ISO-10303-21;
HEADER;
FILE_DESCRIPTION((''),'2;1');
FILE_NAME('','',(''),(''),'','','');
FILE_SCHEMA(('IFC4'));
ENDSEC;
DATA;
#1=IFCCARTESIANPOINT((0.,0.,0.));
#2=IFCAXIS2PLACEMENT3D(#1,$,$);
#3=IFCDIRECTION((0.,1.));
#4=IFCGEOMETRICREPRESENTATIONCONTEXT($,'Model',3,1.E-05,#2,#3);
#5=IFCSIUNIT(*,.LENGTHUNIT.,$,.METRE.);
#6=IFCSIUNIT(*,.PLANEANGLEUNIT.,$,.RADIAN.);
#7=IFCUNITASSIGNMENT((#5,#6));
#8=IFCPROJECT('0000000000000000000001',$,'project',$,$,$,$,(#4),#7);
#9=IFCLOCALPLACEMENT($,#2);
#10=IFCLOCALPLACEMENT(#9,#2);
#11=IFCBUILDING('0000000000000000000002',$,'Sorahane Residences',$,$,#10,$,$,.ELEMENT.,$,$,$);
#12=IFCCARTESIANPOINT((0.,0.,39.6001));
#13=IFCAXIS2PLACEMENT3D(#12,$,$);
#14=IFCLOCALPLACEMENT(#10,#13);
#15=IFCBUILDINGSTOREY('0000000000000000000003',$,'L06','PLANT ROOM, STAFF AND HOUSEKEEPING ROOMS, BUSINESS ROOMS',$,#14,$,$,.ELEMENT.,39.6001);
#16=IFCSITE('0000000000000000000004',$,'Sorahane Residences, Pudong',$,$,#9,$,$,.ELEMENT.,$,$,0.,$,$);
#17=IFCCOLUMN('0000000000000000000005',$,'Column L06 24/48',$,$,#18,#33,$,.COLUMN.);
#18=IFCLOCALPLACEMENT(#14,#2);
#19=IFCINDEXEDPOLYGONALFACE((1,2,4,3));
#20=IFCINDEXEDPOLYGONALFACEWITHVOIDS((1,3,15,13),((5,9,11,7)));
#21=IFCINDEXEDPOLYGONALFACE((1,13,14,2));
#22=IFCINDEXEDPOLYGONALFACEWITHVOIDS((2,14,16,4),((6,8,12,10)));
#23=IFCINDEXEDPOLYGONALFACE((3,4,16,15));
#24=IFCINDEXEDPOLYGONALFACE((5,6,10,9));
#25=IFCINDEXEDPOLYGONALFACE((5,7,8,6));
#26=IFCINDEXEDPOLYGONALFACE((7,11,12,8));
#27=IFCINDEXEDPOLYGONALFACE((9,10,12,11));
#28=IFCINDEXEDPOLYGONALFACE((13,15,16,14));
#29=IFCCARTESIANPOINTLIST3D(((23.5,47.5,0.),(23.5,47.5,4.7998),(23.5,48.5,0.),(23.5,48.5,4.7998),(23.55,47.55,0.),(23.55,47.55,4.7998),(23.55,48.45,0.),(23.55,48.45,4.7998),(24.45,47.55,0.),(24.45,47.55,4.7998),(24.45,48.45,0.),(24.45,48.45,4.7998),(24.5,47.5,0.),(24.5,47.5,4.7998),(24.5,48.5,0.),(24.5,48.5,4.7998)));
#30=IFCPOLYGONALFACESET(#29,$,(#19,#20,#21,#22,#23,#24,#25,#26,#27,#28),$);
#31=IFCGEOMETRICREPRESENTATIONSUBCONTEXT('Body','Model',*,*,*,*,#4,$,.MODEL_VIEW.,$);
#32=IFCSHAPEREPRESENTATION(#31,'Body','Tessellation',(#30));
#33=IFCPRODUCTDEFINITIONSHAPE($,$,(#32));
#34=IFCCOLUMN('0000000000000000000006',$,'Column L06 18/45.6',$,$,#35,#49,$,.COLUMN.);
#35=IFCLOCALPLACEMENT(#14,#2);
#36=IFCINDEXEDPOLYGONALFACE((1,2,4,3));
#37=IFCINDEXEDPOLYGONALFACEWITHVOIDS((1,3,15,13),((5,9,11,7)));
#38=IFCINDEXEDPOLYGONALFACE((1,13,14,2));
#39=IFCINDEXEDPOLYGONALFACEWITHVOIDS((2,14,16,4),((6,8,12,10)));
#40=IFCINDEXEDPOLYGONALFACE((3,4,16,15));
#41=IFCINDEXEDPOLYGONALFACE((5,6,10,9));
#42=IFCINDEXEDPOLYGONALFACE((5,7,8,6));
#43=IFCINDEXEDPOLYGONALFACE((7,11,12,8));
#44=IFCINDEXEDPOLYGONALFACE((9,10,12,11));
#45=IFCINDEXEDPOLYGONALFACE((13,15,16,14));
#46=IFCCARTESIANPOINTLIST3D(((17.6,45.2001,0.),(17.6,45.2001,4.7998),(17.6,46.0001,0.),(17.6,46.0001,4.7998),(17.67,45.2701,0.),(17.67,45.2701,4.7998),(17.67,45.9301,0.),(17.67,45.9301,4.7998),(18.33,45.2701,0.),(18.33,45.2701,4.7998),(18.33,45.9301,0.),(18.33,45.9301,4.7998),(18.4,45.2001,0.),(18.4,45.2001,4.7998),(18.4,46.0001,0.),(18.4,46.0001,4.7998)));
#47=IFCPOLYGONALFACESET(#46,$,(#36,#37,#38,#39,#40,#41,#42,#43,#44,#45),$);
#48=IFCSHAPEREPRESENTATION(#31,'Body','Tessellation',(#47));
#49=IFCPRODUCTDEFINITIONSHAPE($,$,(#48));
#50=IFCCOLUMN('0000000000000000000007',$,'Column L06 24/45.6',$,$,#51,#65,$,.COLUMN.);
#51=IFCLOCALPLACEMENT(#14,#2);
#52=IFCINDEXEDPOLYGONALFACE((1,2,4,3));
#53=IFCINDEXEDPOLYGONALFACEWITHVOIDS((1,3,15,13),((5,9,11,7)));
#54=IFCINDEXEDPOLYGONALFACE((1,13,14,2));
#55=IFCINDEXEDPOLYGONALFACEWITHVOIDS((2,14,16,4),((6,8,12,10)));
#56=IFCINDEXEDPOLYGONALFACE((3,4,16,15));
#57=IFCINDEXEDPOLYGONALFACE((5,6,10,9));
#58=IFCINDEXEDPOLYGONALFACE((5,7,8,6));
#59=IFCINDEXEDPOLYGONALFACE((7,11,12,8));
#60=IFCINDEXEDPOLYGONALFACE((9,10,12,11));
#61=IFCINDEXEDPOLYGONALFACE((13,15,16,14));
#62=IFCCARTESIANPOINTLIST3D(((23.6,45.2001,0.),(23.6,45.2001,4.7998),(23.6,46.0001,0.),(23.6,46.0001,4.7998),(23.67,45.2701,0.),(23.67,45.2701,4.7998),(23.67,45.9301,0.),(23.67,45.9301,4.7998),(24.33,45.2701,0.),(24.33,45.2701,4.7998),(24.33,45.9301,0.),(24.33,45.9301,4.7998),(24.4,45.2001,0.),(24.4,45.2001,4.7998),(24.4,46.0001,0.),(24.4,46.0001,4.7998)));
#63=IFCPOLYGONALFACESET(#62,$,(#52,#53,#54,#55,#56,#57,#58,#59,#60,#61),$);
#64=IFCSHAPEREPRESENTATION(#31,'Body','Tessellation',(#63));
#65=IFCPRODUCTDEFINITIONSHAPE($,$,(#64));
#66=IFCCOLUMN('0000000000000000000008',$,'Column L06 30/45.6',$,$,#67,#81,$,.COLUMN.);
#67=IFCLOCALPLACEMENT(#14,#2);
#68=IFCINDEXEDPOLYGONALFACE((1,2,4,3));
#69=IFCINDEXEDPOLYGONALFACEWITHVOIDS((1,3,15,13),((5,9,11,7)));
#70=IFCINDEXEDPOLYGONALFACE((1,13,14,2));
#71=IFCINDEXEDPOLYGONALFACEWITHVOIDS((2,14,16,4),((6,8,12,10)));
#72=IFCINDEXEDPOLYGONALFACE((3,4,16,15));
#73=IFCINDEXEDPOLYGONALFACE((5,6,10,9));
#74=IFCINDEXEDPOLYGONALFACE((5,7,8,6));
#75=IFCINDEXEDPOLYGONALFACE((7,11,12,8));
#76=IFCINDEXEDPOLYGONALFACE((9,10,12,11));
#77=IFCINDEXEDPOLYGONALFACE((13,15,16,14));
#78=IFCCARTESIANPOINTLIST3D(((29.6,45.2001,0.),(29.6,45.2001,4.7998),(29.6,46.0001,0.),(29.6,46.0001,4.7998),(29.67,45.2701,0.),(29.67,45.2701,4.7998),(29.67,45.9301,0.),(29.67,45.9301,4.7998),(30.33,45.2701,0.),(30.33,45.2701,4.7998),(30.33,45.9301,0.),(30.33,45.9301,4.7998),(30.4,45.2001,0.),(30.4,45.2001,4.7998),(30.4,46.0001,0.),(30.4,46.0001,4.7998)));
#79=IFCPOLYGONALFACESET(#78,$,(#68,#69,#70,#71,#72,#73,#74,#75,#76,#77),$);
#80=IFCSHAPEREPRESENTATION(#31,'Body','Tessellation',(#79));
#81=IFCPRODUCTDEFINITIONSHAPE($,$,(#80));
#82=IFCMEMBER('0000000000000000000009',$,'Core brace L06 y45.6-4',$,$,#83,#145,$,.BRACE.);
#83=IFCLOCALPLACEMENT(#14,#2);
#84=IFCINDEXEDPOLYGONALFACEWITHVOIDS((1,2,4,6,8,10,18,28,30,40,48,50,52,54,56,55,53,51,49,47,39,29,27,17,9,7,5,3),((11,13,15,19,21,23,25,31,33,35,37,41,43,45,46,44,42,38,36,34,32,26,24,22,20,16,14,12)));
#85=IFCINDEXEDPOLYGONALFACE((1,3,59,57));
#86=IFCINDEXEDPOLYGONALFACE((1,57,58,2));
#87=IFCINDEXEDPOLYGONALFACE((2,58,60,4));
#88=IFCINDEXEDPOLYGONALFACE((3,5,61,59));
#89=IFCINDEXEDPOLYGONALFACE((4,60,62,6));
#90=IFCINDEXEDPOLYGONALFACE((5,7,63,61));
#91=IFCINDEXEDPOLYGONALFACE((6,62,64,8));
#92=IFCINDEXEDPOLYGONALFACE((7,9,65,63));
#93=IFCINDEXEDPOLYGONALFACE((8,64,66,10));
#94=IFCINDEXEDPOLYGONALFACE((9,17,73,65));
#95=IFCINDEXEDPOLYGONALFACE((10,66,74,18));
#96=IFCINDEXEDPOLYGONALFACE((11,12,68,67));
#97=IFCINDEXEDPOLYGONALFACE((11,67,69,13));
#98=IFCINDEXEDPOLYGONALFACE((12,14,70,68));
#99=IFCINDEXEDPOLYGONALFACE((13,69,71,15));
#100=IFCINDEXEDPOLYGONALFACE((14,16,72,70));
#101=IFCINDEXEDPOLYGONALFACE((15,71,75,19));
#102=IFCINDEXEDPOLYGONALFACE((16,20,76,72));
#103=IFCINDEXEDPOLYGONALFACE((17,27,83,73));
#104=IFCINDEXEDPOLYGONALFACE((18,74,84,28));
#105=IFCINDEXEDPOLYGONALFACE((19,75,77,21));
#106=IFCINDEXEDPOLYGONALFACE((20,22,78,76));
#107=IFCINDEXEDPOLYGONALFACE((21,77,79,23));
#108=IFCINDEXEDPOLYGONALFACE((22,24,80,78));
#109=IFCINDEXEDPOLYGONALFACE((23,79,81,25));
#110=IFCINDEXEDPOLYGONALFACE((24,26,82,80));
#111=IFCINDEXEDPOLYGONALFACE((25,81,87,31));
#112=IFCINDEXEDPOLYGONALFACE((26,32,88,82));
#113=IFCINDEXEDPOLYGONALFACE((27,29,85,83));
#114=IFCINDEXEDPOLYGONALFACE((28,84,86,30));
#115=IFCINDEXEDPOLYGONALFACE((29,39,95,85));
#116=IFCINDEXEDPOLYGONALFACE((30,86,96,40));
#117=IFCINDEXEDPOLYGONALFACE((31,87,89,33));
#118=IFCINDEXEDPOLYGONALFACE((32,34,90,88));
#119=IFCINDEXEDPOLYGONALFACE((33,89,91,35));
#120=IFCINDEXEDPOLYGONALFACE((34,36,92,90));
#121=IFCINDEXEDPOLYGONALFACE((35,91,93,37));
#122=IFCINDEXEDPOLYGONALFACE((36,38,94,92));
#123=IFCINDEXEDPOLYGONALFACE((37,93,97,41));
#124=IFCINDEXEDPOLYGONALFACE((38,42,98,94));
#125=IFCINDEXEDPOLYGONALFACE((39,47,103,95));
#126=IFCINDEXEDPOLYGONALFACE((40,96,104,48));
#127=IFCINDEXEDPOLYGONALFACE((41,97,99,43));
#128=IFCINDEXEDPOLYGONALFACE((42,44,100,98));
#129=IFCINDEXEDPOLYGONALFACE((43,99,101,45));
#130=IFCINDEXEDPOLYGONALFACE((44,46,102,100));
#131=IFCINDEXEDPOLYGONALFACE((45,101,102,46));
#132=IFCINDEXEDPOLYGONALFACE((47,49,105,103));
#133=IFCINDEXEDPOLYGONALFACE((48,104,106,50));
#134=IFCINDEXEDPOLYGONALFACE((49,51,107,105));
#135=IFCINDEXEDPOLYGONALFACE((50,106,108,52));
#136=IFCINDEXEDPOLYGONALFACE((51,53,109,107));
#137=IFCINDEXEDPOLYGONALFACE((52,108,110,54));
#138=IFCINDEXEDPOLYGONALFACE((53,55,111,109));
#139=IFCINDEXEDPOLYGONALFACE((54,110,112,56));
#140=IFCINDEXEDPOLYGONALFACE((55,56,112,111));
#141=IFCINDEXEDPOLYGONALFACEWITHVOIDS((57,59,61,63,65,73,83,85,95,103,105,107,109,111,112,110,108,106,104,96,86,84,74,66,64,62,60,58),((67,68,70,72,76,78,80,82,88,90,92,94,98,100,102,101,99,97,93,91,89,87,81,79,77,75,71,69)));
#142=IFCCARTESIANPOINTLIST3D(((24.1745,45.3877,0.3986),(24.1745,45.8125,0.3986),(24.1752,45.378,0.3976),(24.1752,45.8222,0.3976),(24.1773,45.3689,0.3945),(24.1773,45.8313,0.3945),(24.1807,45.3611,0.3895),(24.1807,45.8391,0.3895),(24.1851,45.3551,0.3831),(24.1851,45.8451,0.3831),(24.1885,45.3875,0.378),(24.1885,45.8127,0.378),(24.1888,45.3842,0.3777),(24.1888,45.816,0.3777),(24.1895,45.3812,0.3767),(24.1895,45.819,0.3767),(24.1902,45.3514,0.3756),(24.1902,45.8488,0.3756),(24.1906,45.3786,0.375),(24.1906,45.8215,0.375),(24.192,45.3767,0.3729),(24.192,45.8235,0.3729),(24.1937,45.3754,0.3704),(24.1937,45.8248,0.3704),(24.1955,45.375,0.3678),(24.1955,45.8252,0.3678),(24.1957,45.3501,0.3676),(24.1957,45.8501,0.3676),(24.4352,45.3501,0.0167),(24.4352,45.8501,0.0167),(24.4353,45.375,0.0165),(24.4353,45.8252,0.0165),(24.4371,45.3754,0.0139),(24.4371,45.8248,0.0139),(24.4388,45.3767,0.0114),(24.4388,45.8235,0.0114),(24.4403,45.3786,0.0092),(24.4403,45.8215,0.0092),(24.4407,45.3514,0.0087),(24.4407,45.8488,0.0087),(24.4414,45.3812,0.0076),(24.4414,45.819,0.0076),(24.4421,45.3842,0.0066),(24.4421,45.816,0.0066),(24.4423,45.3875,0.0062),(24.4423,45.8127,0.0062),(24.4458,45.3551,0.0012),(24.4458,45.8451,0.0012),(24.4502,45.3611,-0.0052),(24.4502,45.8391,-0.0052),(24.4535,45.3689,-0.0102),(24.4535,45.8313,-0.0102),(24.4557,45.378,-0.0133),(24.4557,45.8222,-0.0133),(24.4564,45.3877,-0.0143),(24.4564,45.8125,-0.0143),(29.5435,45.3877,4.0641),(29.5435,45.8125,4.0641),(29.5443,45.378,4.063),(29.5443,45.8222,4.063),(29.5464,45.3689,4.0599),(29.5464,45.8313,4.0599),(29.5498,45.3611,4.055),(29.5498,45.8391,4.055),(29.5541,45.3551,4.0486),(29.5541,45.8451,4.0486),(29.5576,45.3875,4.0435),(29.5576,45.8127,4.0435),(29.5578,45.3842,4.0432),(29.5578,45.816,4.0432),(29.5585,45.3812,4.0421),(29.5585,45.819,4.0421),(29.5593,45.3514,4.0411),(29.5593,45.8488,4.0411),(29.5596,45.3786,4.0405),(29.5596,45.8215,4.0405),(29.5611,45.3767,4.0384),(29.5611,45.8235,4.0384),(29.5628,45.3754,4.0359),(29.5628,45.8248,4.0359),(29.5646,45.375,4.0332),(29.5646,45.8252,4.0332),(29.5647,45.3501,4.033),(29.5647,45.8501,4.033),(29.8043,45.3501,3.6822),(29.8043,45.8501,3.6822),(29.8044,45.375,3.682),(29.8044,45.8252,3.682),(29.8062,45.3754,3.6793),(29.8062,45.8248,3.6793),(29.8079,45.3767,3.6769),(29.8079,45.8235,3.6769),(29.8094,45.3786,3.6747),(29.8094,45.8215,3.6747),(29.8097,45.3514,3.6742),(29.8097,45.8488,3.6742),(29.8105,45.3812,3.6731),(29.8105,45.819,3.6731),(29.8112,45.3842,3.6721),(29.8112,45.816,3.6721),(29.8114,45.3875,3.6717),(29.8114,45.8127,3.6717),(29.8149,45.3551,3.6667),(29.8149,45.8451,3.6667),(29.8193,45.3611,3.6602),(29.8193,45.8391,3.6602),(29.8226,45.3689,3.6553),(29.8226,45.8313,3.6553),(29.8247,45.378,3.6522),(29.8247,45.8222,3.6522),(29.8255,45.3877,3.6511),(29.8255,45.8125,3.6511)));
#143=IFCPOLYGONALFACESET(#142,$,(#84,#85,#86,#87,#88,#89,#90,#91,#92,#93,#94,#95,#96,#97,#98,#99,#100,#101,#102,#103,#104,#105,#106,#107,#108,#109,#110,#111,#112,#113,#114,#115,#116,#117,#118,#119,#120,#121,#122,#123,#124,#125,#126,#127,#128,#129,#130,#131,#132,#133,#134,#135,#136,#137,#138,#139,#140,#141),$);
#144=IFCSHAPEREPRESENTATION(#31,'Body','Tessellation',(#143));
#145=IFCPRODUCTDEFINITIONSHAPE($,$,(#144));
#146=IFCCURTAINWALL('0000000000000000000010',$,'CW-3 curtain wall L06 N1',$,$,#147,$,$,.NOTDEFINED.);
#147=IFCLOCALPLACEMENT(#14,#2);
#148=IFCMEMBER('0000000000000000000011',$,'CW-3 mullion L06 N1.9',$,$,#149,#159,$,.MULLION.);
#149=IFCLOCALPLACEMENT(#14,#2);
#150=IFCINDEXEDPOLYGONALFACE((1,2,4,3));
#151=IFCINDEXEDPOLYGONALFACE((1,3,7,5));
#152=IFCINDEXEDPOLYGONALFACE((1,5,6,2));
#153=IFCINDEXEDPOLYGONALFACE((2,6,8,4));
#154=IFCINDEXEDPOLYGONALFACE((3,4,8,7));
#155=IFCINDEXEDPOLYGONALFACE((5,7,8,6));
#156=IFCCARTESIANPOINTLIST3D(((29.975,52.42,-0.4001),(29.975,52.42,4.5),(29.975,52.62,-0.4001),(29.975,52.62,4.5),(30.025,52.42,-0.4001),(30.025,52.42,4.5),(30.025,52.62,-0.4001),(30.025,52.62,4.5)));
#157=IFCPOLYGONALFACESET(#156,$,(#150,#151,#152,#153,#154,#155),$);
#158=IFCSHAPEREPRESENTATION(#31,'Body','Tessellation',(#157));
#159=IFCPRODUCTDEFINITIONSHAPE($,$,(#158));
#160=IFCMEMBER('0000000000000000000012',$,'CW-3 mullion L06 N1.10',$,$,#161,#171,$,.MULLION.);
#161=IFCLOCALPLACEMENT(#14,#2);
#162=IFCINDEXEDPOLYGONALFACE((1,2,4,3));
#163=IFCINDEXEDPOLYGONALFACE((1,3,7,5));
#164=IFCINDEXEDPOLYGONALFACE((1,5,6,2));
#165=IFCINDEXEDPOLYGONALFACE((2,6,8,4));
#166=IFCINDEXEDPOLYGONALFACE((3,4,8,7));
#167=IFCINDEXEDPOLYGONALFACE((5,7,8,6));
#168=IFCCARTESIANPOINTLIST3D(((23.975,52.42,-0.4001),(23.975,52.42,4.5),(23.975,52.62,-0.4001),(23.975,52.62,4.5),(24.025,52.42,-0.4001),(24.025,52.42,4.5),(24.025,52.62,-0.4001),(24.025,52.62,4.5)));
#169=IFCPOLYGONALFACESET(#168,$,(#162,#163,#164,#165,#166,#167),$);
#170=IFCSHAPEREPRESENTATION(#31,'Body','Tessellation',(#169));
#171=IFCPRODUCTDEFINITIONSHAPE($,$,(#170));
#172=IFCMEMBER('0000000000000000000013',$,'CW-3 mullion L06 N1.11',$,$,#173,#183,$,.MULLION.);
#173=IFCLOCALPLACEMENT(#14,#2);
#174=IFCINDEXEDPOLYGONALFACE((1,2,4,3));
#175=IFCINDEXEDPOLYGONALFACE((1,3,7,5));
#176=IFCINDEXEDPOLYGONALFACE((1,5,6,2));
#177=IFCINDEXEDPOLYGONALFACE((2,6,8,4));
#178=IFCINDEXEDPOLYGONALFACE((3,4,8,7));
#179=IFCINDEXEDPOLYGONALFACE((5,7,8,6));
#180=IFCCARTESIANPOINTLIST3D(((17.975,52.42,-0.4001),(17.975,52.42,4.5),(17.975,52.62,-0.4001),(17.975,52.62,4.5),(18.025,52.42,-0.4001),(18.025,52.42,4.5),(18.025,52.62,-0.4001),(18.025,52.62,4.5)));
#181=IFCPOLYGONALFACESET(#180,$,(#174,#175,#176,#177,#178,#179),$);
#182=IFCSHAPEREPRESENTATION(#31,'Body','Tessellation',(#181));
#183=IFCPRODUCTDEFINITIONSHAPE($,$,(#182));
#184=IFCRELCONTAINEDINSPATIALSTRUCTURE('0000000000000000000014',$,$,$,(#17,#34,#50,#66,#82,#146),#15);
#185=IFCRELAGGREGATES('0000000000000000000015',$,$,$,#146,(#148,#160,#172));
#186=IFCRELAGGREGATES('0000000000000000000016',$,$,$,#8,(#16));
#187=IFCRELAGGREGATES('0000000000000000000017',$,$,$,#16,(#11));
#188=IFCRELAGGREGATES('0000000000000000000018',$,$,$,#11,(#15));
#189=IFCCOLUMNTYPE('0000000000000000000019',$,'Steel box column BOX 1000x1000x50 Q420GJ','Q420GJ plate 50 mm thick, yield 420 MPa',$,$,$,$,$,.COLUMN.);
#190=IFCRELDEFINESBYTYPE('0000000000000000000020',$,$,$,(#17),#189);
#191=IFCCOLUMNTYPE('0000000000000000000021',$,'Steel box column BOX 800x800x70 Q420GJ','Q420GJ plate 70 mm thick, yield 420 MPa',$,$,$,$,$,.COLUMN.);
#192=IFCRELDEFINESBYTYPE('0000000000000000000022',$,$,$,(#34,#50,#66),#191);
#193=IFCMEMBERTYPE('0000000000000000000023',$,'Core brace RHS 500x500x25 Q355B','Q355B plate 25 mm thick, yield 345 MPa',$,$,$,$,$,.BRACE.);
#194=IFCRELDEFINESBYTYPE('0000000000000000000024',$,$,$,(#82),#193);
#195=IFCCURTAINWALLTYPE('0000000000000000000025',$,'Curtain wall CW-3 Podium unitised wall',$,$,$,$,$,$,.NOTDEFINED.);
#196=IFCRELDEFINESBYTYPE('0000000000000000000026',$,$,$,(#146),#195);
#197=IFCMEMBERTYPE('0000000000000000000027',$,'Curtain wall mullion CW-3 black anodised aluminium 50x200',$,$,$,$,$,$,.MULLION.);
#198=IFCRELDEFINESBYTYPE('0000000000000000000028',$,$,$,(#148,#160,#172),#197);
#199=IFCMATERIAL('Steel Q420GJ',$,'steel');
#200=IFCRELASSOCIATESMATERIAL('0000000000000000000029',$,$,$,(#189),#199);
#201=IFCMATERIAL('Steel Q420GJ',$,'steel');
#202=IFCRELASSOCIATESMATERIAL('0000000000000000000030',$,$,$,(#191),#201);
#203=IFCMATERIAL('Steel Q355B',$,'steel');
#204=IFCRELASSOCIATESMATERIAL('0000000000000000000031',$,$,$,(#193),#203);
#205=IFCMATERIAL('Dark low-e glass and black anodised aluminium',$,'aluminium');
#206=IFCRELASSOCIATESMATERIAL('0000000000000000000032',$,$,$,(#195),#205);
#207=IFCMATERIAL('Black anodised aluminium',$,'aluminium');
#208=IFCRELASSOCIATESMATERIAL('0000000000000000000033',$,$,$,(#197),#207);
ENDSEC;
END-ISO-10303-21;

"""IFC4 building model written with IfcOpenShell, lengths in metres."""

from ifc_helpers import new_model, si_unit, direction, frame, origin, origin_2d, place, context, subcontext, project, spatial, rectangle, hollow_rectangle, extrude, material, material_profile, profile_set, type_object, element, aggregate, save


model = new_model("IFC4")

# Units and contexts
model_context = context("Model", 3, precision=1e-05, world=origin(), true_north=direction((0.0, 1.0)))
body_context = subcontext(model_context, "Body", "Model", "MODEL_VIEW")
ifc_project = project(units=[si_unit("LENGTHUNIT", "METRE"), si_unit("PLANEANGLEUNIT", "RADIAN")], contexts=[model_context])

# Site, building, storey
site_placement = place(None, origin())
site = spatial("IfcSite", under=ifc_project, at=site_placement, Name="Sorahane Residences, Pudong", CompositionType="ELEMENT", RefElevation=0.0)
building_placement = place(site_placement, origin())
building = spatial("IfcBuilding", under=site, at=building_placement, Name="Sorahane Residences", CompositionType="ELEMENT")
storey_placement = place(building_placement, frame((0.0, 0.0, 39.6001)))
storey = spatial("IfcBuildingStorey", under=building, at=storey_placement, Name="L06", Description="PLANT ROOM, STAFF AND HOUSEKEEPING ROOMS, BUSINESS ROOMS", CompositionType="ELEMENT", Elevation=39.6001)

# Columns
ifc_material_1 = material(Name="Steel Q420GJ", Category="steel")
ifc_material_profile_1 = material_profile(ifc_material_1, hollow_rectangle(XDim=1.0, YDim=1.0, WallThickness=0.05, at=origin_2d()), Name="BOX 1000x1000x50")
ifc_profile_set_1 = profile_set([ifc_material_profile_1], Name="Steel Q420GJ")
column_type_1 = type_object("IfcColumnType", Name="Steel box column BOX 1000x1000x50 Q420GJ", Description="Q420GJ plate 50 mm thick, yield 420 MPa", PredefinedType="COLUMN", material=ifc_profile_set_1)
column_placement = place(storey_placement, frame((24.0, 48.0, 0.0), z_axis=(0.0, 0.0, 1.0), x_axis=(1.0, 0.0, 0.0)))
element("IfcColumn", 1, at=column_placement, inside=storey, type_object=column_type_1, Name="Column L06 24/48", PredefinedType="COLUMN", context=body_context, shape_type="SweptSolid", body=[
    extrude(hollow_rectangle(XDim=1.0, YDim=1.0, WallThickness=0.05, at=origin_2d()), origin(), (0.0, 0.0, 1.0), 4.7998),
])
ifc_material_2 = material(Name="Steel Q420GJ", Category="steel")
ifc_material_profile_2 = material_profile(ifc_material_2, hollow_rectangle(XDim=0.8, YDim=0.8, WallThickness=0.0701, at=origin_2d()), Name="BOX 800x800x70")
ifc_profile_set_2 = profile_set([ifc_material_profile_2], Name="Steel Q420GJ")
column_type_2 = type_object("IfcColumnType", Name="Steel box column BOX 800x800x70 Q420GJ", Description="Q420GJ plate 70 mm thick, yield 420 MPa", PredefinedType="COLUMN", material=ifc_profile_set_2)
for number, where, z_axis, x_axis, name in (
    (2, (18.0, 45.6001, 0.0), (0.0, 0.0, 1.0), (1.0, 0.0, 0.0), "Column L06 18/45.6"),
    (3, (24.0, 45.6001, 0.0), (0.0, 0.0, 1.0), (1.0, 0.0, 0.0), "Column L06 24/45.6"),
    (4, (30.0, 45.6001, 0.0), (0.0, 0.0, 1.0), (1.0, 0.0, 0.0), "Column L06 30/45.6"),
):
    element("IfcColumn", number, at=place(storey_placement, frame(where, z_axis=z_axis, x_axis=x_axis)), inside=storey, type_object=column_type_2, Name=name, PredefinedType="COLUMN", context=body_context, shape_type="SweptSolid", body=[
        extrude(hollow_rectangle(XDim=0.8, YDim=0.8, WallThickness=0.0701, at=origin_2d()), origin(), (0.0, 0.0, 1.0), 4.7998),
    ])

# Member
ifc_material_3 = material(Name="Steel Q355B", Category="steel")
ifc_material_profile_3 = material_profile(ifc_material_3, hollow_rectangle(XDim=0.5, YDim=0.5, WallThickness=0.0249, InnerFilletRadius=0.0125, OuterFilletRadius=0.0376, at=origin_2d()), Name="RHS 500x500x25")
ifc_profile_set_3 = profile_set([ifc_material_profile_3], Name="Steel Q355B")
member_type_1 = type_object("IfcMemberType", Name="Core brace RHS 500x500x25 Q355B", Description="Q355B plate 25 mm thick, yield 345 MPa", PredefinedType="BRACE", material=ifc_profile_set_3)
member_1_placement = place(storey_placement, frame((24.3154, 45.6001, 0.1921), z_axis=(0.825887, 0.0, 0.563835), x_axis=(0.0, 1.0, 0.0)))
element("IfcMember", 5, at=member_1_placement, inside=storey, type_object=member_type_1, Name="Core brace L06 y45.6-4", PredefinedType="BRACE", context=body_context, shape_type="SweptSolid", body=[
    extrude(hollow_rectangle(XDim=0.5, YDim=0.5, WallThickness=0.0249, InnerFilletRadius=0.0125, OuterFilletRadius=0.0376, at=origin_2d()), origin(), (0.0, 0.0, 1.0), 6.501),
])

# Curtain wall, members
ifc_material_4 = material(Name="Dark low-e glass and black anodised aluminium", Category="aluminium")
curtain_wall_type = type_object("IfcCurtainWallType", Name="Curtain wall CW-3 Podium unitised wall", PredefinedType="NOTDEFINED", material=ifc_material_4)
curtain_wall_placement = place(storey_placement, origin())
curtain_wall = element("IfcCurtainWall", 6, at=curtain_wall_placement, inside=storey, type_object=curtain_wall_type, Name="CW-3 curtain wall L06 N1", PredefinedType="NOTDEFINED")
ifc_material_5 = material(Name="Black anodised aluminium", Category="aluminium")
ifc_material_profile_4 = material_profile(ifc_material_5, rectangle(XDim=0.2, YDim=0.05, at=origin_2d()), Name="Curtain wall mullion CW-3 black anodised aluminium 50x200")
ifc_profile_set_4 = profile_set([ifc_material_profile_4], Name="Black anodised aluminium")
member_type_2 = type_object("IfcMemberType", Name="Curtain wall mullion CW-3 black anodised aluminium 50x200", PredefinedType="MULLION", material=ifc_profile_set_4)
member_2_placement = place(storey_placement, frame((30.0, 52.52, -0.4001), z_axis=(0.0, 0.0, 1.0), x_axis=(0.0, 1.0, 0.0)))
member_2 = element("IfcMember", 7, at=member_2_placement, type_object=member_type_2, Name="CW-3 mullion L06 N1.9", PredefinedType="MULLION", context=body_context, shape_type="SweptSolid", body=[
    extrude(rectangle(XDim=0.2, YDim=0.05, at=origin_2d()), origin(), (0.0, 0.0, 1.0), 4.9001),
])
member_3_placement = place(storey_placement, frame((24.0, 52.52, -0.4001), z_axis=(0.0, 0.0, 1.0), x_axis=(0.0, 1.0, 0.0)))
member_3 = element("IfcMember", 8, at=member_3_placement, type_object=member_type_2, Name="CW-3 mullion L06 N1.10", PredefinedType="MULLION", context=body_context, shape_type="SweptSolid", body=[
    extrude(rectangle(XDim=0.2, YDim=0.05, at=origin_2d()), origin(), (0.0, 0.0, 1.0), 4.9001),
])
member_4_placement = place(storey_placement, frame((18.0, 52.52, -0.4001), z_axis=(0.0, 0.0, 1.0), x_axis=(0.0, 1.0, 0.0)))
member_4 = element("IfcMember", 9, at=member_4_placement, type_object=member_type_2, Name="CW-3 mullion L06 N1.11", PredefinedType="MULLION", context=body_context, shape_type="SweptSolid", body=[
    extrude(rectangle(XDim=0.2, YDim=0.05, at=origin_2d()), origin(), (0.0, 0.0, 1.0), 4.9001),
])

aggregate(curtain_wall, [member_2, member_3, member_4])

save(model, "model.ifc")
